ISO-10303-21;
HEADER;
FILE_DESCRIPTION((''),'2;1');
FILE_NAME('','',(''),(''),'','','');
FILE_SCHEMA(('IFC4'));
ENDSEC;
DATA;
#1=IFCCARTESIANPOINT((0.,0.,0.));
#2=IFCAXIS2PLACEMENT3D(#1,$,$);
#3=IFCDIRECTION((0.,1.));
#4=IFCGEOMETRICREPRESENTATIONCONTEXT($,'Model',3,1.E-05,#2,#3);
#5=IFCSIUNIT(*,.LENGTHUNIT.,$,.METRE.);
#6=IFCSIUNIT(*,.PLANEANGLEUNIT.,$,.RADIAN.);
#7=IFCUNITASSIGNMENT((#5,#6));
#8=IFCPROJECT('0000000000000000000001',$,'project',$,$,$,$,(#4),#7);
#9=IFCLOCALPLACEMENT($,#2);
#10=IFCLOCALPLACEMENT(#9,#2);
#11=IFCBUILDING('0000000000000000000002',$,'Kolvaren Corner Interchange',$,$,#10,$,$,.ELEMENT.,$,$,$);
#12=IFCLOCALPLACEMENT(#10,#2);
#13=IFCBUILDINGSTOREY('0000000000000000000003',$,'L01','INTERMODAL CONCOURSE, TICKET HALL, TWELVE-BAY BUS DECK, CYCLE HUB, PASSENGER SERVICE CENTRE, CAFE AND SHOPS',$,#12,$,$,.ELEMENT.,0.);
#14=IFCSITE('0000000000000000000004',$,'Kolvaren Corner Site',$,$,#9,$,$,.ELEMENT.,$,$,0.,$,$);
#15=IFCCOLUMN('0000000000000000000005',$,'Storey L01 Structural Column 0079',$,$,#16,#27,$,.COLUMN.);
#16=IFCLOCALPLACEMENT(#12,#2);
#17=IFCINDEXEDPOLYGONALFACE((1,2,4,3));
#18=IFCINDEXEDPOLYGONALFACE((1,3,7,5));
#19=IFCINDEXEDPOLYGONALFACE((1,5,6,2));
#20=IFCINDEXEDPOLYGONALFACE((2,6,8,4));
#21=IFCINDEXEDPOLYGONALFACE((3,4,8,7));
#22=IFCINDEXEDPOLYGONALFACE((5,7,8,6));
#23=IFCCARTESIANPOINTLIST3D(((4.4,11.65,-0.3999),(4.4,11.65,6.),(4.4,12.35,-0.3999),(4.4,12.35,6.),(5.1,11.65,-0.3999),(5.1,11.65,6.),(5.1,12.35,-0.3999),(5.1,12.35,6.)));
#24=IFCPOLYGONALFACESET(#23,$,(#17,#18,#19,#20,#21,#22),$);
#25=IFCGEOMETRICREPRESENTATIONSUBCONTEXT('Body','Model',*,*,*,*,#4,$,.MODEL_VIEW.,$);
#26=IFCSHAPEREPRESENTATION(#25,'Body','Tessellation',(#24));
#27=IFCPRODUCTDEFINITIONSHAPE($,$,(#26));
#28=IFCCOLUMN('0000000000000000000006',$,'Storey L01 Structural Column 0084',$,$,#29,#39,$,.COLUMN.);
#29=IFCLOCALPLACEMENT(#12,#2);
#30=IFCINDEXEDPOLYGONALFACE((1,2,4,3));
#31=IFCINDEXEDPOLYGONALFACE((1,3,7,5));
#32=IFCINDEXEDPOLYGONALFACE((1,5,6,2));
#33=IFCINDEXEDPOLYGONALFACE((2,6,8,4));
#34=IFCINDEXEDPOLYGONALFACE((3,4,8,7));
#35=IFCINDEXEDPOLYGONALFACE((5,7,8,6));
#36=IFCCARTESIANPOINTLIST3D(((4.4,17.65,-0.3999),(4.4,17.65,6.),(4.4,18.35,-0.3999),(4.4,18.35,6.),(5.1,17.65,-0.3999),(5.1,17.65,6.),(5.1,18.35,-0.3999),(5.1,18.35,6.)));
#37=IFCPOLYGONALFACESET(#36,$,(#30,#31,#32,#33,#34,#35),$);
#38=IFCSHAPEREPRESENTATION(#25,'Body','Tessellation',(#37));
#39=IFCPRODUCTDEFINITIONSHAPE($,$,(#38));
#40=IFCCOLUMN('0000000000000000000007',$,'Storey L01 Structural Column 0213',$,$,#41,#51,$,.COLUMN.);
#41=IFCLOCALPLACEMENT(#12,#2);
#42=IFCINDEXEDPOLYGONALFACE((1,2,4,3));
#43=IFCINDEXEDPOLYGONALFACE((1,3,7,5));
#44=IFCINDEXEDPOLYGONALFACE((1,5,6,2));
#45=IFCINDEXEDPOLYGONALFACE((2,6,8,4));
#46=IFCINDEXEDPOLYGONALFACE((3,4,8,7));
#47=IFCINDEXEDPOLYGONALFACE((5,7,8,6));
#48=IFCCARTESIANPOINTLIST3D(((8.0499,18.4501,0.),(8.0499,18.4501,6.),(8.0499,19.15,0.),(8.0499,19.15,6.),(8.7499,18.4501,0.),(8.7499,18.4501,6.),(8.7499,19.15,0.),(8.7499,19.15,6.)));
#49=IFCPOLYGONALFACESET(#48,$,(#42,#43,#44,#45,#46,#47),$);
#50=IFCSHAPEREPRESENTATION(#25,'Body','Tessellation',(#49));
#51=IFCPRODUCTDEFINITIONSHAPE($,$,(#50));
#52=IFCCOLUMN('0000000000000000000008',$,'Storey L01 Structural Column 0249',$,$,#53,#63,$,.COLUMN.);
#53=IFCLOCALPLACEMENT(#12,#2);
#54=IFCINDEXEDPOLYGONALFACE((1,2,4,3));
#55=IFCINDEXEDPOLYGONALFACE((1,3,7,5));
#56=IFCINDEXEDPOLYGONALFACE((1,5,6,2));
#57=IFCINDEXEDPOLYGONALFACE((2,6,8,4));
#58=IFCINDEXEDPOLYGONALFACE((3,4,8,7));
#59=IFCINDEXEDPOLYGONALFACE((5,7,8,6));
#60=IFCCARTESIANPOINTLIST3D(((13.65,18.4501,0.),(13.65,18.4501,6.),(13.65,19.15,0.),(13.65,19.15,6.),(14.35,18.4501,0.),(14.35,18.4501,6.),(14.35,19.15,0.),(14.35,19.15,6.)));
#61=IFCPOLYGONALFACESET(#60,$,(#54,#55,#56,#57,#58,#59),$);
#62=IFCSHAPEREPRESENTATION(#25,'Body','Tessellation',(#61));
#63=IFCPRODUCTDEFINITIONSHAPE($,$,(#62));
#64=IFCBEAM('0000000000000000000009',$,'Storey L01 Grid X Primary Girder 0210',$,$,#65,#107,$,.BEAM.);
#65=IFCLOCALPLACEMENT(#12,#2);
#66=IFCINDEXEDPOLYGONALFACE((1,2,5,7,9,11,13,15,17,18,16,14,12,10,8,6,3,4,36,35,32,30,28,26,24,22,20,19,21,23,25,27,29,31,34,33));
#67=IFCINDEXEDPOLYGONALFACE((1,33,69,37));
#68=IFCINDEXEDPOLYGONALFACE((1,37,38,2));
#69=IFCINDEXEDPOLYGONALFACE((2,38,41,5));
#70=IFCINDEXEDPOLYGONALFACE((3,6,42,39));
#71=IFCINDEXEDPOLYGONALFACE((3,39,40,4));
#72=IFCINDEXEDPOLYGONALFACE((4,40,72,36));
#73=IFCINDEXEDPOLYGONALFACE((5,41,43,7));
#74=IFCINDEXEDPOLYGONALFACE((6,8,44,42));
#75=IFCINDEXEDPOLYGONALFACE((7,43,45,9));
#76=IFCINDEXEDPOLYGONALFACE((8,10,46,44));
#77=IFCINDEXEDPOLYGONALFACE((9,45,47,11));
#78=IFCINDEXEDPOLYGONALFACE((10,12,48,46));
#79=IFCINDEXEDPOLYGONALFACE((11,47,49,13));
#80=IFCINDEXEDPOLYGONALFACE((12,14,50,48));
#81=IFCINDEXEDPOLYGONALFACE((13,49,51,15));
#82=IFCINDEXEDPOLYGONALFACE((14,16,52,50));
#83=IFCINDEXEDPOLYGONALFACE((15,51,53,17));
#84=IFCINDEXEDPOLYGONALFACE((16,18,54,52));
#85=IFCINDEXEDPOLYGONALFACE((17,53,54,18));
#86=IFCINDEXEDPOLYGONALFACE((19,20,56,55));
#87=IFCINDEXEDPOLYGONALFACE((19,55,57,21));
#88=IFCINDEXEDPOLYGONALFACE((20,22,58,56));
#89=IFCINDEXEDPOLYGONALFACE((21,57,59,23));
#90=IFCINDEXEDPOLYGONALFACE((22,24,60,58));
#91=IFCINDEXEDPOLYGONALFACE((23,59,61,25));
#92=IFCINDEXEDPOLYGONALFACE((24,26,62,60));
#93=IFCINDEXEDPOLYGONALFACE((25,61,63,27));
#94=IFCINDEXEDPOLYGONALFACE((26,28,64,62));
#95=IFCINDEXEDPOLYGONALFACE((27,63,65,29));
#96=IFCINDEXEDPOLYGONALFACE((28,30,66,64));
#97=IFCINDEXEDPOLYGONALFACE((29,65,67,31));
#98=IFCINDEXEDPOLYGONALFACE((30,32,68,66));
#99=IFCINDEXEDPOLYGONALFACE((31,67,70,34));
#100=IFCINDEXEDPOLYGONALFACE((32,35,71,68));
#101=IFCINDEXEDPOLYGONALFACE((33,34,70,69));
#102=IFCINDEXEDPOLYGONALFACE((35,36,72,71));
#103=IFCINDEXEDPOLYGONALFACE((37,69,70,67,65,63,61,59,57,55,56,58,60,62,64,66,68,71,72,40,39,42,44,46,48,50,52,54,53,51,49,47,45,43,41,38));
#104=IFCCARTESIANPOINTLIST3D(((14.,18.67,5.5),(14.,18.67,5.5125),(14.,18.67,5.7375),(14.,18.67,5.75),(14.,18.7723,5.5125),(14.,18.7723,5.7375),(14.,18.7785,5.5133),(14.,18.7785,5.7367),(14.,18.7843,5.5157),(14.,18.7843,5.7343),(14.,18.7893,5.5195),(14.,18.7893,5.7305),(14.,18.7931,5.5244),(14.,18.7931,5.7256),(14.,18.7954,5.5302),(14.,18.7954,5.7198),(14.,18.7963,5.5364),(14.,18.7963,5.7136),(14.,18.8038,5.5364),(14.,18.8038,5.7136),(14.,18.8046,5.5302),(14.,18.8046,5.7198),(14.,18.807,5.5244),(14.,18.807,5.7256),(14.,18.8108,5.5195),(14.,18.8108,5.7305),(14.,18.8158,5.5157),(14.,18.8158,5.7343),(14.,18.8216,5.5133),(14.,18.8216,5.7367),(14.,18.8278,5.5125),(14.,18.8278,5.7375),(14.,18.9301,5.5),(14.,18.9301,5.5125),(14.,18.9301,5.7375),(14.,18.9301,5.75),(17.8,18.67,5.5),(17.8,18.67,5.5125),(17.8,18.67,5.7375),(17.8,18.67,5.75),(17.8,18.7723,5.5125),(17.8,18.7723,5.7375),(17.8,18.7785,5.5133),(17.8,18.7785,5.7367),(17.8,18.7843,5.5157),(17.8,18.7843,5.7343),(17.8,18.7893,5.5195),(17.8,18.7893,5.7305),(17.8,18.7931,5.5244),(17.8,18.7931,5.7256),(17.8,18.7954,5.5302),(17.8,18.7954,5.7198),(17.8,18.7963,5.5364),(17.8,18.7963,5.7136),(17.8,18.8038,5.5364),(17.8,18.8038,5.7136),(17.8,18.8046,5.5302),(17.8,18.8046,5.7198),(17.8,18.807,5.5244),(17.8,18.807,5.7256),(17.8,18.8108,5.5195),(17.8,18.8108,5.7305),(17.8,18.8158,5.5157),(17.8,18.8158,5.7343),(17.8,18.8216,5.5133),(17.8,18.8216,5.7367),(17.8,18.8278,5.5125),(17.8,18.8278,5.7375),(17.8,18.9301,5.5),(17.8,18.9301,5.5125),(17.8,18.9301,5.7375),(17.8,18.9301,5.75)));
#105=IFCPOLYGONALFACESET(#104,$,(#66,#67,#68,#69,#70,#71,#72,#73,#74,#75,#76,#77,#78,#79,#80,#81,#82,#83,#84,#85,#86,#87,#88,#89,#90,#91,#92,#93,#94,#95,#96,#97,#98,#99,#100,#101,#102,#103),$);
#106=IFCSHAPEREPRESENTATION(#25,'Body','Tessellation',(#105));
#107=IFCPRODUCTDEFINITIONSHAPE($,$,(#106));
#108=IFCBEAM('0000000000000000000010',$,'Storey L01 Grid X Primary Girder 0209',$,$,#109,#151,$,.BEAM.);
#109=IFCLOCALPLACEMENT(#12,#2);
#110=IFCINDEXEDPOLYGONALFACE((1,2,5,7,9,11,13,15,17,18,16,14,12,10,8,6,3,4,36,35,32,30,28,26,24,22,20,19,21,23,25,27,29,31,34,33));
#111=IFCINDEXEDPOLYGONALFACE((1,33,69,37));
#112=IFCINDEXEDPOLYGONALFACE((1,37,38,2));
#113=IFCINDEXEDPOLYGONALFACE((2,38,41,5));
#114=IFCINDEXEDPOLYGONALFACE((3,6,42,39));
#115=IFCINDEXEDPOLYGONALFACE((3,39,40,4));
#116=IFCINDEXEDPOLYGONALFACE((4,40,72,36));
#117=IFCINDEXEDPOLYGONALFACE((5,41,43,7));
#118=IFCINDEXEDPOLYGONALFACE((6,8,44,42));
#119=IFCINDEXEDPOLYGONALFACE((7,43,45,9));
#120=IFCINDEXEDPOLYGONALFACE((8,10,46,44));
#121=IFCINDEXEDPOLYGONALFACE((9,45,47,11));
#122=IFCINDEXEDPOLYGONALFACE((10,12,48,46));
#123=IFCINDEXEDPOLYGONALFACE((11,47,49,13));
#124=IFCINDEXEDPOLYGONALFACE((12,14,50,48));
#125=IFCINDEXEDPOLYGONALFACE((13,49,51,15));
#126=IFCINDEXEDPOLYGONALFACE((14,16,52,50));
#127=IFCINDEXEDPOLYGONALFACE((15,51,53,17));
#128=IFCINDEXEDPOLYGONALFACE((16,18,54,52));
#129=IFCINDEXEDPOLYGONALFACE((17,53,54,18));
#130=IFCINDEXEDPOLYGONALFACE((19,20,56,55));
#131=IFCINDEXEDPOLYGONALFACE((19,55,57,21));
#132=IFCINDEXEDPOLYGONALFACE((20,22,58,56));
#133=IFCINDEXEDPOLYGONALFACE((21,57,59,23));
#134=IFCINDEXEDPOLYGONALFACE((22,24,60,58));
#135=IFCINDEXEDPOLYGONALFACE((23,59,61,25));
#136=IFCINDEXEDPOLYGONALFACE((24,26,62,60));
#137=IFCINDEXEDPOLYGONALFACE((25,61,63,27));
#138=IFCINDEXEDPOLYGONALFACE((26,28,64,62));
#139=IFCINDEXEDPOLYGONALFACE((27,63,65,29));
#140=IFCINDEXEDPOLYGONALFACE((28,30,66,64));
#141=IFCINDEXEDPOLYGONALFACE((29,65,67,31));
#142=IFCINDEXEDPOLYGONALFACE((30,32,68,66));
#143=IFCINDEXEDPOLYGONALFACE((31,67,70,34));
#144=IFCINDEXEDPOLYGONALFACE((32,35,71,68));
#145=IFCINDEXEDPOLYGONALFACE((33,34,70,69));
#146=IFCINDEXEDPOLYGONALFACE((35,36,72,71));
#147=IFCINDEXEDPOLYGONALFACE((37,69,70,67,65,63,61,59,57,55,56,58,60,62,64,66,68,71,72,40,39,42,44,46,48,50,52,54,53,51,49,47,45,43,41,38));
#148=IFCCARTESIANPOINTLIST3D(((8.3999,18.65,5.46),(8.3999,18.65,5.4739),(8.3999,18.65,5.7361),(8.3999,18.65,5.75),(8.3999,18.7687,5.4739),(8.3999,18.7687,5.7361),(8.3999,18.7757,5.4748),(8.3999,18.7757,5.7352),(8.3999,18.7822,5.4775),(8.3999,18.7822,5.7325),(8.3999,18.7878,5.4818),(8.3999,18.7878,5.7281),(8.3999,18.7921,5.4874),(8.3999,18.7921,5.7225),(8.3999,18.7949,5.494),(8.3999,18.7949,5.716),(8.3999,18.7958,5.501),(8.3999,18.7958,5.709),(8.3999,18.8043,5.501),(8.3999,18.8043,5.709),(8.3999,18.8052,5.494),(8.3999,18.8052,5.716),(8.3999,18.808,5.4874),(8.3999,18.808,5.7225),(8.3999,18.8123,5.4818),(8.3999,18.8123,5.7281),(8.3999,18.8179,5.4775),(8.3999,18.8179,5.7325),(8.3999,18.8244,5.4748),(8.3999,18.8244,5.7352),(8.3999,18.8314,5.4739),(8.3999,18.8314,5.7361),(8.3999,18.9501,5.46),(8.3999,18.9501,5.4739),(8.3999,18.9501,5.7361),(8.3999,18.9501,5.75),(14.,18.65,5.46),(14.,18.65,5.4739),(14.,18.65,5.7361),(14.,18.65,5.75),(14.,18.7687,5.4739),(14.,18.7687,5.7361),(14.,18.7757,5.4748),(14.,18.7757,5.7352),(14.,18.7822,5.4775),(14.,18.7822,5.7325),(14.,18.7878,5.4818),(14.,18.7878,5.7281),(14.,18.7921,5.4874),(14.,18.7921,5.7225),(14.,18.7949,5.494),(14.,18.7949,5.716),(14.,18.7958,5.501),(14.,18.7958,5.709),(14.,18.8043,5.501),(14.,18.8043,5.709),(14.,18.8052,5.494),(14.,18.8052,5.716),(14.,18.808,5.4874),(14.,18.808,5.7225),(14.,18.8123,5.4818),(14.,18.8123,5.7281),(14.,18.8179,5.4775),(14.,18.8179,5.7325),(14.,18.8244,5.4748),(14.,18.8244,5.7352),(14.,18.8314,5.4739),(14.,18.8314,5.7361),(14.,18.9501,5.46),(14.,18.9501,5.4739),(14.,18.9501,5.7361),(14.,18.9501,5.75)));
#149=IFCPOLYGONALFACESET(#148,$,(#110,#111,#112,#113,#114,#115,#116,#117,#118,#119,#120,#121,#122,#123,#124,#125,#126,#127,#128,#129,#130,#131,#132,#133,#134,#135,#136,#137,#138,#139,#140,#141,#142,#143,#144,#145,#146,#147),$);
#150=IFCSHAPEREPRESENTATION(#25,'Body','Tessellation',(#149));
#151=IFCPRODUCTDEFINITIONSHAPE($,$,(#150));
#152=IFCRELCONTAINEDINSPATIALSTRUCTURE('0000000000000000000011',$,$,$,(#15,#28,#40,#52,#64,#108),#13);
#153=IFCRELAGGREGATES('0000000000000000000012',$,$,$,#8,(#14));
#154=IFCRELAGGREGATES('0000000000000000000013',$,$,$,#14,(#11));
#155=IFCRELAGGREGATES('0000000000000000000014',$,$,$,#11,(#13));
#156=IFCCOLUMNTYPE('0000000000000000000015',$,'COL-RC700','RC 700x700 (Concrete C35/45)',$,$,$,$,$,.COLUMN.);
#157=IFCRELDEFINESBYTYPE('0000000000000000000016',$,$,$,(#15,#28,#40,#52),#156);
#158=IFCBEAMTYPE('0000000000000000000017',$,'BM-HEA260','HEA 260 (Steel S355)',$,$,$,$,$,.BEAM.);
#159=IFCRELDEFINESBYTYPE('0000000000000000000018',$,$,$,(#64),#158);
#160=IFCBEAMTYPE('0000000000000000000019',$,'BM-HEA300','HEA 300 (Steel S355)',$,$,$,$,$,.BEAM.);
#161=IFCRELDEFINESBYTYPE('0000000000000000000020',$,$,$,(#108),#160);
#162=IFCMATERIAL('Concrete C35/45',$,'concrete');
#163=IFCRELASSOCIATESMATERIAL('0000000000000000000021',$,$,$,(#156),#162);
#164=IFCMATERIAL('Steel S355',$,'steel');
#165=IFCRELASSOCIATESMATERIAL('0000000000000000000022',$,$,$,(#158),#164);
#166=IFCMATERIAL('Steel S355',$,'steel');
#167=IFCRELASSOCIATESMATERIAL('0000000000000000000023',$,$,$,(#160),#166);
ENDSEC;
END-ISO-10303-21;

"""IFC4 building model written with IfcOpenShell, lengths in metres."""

from ifc_helpers import new_model, si_unit, direction, frame, origin, origin_2d, place, context, subcontext, project, spatial, rectangle, i_section, extrude, material, material_profile, profile_set, type_object, element, save


model = new_model("IFC4")

# Units and contexts
model_context = context("Model", 3, precision=1e-05, world=origin(), true_north=direction((0.0, 1.0)))
body_context = subcontext(model_context, "Body", "Model", "MODEL_VIEW")
ifc_project = project(units=[si_unit("LENGTHUNIT", "METRE"), si_unit("PLANEANGLEUNIT", "RADIAN")], contexts=[model_context])

# Site, building, storey
site_placement = place(None, origin())
site = spatial("IfcSite", under=ifc_project, at=site_placement, Name="Kolvaren Corner Site", CompositionType="ELEMENT", RefElevation=0.0)
building_placement = place(site_placement, origin())
building = spatial("IfcBuilding", under=site, at=building_placement, Name="Kolvaren Corner Interchange", CompositionType="ELEMENT")
storey_placement = place(building_placement, origin())
storey = spatial("IfcBuildingStorey", under=building, at=storey_placement, Name="L01", Description="INTERMODAL CONCOURSE, TICKET HALL, TWELVE-BAY BUS DECK, CYCLE HUB, PASSENGER SERVICE CENTRE, CAFE AND SHOPS", CompositionType="ELEMENT", Elevation=0.0)

# Columns
ifc_material_1 = material(Name="Concrete C35/45", Category="concrete")
ifc_material_profile_1 = material_profile(ifc_material_1, rectangle(XDim=0.7, YDim=0.7, at=origin_2d()), Name="RC 700x700")
ifc_profile_set_1 = profile_set([ifc_material_profile_1], Name="Concrete C35/45")
column_type = type_object("IfcColumnType", Name="COL-RC700", Description="RC 700x700 (Concrete C35/45)", PredefinedType="COLUMN", material=ifc_profile_set_1)
for number, where, z_axis, x_axis, name in (
    (1, (4.75, 12.0, -0.3999), (0.0, 0.0, 1.0), (1.0, 0.0, 0.0), "Storey L01 Structural Column 0079"),
    (2, (4.75, 18.0, -0.3999), (0.0, 0.0, 1.0), (1.0, 0.0, 0.0), "Storey L01 Structural Column 0084"),
):
    element("IfcColumn", number, at=place(storey_placement, frame(where, z_axis=z_axis, x_axis=x_axis)), inside=storey, type_object=column_type, Name=name, PredefinedType="COLUMN", context=body_context, shape_type="SweptSolid", body=[
        extrude(rectangle(XDim=0.7, YDim=0.7, at=origin_2d()), origin(), (0.0, 0.0, 1.0), 6.3999),
    ])
for number, where, z_axis, x_axis, name in (
    (3, (8.3999, 18.8, 0.0), (0.0, 0.0, 1.0), (1.0, 0.0, 0.0), "Storey L01 Structural Column 0213"),
    (4, (14.0, 18.8, 0.0), (0.0, 0.0, 1.0), (1.0, 0.0, 0.0), "Storey L01 Structural Column 0249"),
):
    element("IfcColumn", number, at=place(storey_placement, frame(where, z_axis=z_axis, x_axis=x_axis)), inside=storey, type_object=column_type, Name=name, PredefinedType="COLUMN", context=body_context, shape_type="SweptSolid", body=[
        extrude(rectangle(XDim=0.7, YDim=0.7, at=origin_2d()), origin(), (0.0, 0.0, 1.0), 6.0),
    ])

# Beams
ifc_material_2 = material(Name="Steel S355", Category="steel")
ifc_material_profile_2 = material_profile(ifc_material_2, i_section(OverallWidth=0.26, OverallDepth=0.25, WebThickness=0.0076, FlangeThickness=0.0125, FilletRadius=0.0239, at=origin_2d()), Name="HEA 260")
ifc_profile_set_2 = profile_set([ifc_material_profile_2], Name="Steel S355")
beam_type_1 = type_object("IfcBeamType", Name="BM-HEA260", Description="HEA 260 (Steel S355)", PredefinedType="BEAM", material=ifc_profile_set_2)
beam_1_placement = place(storey_placement, frame((14.0, 18.8, 5.625), z_axis=(1.0, 0.0, 0.0), x_axis=(0.0, 1.0, 0.0)))
element("IfcBeam", 5, at=beam_1_placement, inside=storey, type_object=beam_type_1, Name="Storey L01 Grid X Primary Girder 0210", PredefinedType="BEAM", context=body_context, shape_type="SweptSolid", body=[
    extrude(i_section(OverallWidth=0.26, OverallDepth=0.25, WebThickness=0.0076, FlangeThickness=0.0125, FilletRadius=0.0239, at=origin_2d()), origin(), (0.0, 0.0, 1.0), 3.8),
])
ifc_material_3 = material(Name="Steel S355", Category="steel")
ifc_material_profile_3 = material_profile(ifc_material_3, i_section(OverallWidth=0.3, OverallDepth=0.29, WebThickness=0.0085, FlangeThickness=0.0139, FilletRadius=0.0271, at=origin_2d()), Name="HEA 300")
ifc_profile_set_3 = profile_set([ifc_material_profile_3], Name="Steel S355")
beam_type_2 = type_object("IfcBeamType", Name="BM-HEA300", Description="HEA 300 (Steel S355)", PredefinedType="BEAM", material=ifc_profile_set_3)
beam_2_placement = place(storey_placement, frame((8.3999, 18.8, 5.605), z_axis=(1.0, 0.0, 0.0), x_axis=(0.0, 1.0, 0.0)))
element("IfcBeam", 6, at=beam_2_placement, inside=storey, type_object=beam_type_2, Name="Storey L01 Grid X Primary Girder 0209", PredefinedType="BEAM", context=body_context, shape_type="SweptSolid", body=[
    extrude(i_section(OverallWidth=0.3, OverallDepth=0.29, WebThickness=0.0085, FlangeThickness=0.0139, FilletRadius=0.0271, at=origin_2d()), origin(), (0.0, 0.0, 1.0), 5.6001),
])

save(model, "model.ifc")
